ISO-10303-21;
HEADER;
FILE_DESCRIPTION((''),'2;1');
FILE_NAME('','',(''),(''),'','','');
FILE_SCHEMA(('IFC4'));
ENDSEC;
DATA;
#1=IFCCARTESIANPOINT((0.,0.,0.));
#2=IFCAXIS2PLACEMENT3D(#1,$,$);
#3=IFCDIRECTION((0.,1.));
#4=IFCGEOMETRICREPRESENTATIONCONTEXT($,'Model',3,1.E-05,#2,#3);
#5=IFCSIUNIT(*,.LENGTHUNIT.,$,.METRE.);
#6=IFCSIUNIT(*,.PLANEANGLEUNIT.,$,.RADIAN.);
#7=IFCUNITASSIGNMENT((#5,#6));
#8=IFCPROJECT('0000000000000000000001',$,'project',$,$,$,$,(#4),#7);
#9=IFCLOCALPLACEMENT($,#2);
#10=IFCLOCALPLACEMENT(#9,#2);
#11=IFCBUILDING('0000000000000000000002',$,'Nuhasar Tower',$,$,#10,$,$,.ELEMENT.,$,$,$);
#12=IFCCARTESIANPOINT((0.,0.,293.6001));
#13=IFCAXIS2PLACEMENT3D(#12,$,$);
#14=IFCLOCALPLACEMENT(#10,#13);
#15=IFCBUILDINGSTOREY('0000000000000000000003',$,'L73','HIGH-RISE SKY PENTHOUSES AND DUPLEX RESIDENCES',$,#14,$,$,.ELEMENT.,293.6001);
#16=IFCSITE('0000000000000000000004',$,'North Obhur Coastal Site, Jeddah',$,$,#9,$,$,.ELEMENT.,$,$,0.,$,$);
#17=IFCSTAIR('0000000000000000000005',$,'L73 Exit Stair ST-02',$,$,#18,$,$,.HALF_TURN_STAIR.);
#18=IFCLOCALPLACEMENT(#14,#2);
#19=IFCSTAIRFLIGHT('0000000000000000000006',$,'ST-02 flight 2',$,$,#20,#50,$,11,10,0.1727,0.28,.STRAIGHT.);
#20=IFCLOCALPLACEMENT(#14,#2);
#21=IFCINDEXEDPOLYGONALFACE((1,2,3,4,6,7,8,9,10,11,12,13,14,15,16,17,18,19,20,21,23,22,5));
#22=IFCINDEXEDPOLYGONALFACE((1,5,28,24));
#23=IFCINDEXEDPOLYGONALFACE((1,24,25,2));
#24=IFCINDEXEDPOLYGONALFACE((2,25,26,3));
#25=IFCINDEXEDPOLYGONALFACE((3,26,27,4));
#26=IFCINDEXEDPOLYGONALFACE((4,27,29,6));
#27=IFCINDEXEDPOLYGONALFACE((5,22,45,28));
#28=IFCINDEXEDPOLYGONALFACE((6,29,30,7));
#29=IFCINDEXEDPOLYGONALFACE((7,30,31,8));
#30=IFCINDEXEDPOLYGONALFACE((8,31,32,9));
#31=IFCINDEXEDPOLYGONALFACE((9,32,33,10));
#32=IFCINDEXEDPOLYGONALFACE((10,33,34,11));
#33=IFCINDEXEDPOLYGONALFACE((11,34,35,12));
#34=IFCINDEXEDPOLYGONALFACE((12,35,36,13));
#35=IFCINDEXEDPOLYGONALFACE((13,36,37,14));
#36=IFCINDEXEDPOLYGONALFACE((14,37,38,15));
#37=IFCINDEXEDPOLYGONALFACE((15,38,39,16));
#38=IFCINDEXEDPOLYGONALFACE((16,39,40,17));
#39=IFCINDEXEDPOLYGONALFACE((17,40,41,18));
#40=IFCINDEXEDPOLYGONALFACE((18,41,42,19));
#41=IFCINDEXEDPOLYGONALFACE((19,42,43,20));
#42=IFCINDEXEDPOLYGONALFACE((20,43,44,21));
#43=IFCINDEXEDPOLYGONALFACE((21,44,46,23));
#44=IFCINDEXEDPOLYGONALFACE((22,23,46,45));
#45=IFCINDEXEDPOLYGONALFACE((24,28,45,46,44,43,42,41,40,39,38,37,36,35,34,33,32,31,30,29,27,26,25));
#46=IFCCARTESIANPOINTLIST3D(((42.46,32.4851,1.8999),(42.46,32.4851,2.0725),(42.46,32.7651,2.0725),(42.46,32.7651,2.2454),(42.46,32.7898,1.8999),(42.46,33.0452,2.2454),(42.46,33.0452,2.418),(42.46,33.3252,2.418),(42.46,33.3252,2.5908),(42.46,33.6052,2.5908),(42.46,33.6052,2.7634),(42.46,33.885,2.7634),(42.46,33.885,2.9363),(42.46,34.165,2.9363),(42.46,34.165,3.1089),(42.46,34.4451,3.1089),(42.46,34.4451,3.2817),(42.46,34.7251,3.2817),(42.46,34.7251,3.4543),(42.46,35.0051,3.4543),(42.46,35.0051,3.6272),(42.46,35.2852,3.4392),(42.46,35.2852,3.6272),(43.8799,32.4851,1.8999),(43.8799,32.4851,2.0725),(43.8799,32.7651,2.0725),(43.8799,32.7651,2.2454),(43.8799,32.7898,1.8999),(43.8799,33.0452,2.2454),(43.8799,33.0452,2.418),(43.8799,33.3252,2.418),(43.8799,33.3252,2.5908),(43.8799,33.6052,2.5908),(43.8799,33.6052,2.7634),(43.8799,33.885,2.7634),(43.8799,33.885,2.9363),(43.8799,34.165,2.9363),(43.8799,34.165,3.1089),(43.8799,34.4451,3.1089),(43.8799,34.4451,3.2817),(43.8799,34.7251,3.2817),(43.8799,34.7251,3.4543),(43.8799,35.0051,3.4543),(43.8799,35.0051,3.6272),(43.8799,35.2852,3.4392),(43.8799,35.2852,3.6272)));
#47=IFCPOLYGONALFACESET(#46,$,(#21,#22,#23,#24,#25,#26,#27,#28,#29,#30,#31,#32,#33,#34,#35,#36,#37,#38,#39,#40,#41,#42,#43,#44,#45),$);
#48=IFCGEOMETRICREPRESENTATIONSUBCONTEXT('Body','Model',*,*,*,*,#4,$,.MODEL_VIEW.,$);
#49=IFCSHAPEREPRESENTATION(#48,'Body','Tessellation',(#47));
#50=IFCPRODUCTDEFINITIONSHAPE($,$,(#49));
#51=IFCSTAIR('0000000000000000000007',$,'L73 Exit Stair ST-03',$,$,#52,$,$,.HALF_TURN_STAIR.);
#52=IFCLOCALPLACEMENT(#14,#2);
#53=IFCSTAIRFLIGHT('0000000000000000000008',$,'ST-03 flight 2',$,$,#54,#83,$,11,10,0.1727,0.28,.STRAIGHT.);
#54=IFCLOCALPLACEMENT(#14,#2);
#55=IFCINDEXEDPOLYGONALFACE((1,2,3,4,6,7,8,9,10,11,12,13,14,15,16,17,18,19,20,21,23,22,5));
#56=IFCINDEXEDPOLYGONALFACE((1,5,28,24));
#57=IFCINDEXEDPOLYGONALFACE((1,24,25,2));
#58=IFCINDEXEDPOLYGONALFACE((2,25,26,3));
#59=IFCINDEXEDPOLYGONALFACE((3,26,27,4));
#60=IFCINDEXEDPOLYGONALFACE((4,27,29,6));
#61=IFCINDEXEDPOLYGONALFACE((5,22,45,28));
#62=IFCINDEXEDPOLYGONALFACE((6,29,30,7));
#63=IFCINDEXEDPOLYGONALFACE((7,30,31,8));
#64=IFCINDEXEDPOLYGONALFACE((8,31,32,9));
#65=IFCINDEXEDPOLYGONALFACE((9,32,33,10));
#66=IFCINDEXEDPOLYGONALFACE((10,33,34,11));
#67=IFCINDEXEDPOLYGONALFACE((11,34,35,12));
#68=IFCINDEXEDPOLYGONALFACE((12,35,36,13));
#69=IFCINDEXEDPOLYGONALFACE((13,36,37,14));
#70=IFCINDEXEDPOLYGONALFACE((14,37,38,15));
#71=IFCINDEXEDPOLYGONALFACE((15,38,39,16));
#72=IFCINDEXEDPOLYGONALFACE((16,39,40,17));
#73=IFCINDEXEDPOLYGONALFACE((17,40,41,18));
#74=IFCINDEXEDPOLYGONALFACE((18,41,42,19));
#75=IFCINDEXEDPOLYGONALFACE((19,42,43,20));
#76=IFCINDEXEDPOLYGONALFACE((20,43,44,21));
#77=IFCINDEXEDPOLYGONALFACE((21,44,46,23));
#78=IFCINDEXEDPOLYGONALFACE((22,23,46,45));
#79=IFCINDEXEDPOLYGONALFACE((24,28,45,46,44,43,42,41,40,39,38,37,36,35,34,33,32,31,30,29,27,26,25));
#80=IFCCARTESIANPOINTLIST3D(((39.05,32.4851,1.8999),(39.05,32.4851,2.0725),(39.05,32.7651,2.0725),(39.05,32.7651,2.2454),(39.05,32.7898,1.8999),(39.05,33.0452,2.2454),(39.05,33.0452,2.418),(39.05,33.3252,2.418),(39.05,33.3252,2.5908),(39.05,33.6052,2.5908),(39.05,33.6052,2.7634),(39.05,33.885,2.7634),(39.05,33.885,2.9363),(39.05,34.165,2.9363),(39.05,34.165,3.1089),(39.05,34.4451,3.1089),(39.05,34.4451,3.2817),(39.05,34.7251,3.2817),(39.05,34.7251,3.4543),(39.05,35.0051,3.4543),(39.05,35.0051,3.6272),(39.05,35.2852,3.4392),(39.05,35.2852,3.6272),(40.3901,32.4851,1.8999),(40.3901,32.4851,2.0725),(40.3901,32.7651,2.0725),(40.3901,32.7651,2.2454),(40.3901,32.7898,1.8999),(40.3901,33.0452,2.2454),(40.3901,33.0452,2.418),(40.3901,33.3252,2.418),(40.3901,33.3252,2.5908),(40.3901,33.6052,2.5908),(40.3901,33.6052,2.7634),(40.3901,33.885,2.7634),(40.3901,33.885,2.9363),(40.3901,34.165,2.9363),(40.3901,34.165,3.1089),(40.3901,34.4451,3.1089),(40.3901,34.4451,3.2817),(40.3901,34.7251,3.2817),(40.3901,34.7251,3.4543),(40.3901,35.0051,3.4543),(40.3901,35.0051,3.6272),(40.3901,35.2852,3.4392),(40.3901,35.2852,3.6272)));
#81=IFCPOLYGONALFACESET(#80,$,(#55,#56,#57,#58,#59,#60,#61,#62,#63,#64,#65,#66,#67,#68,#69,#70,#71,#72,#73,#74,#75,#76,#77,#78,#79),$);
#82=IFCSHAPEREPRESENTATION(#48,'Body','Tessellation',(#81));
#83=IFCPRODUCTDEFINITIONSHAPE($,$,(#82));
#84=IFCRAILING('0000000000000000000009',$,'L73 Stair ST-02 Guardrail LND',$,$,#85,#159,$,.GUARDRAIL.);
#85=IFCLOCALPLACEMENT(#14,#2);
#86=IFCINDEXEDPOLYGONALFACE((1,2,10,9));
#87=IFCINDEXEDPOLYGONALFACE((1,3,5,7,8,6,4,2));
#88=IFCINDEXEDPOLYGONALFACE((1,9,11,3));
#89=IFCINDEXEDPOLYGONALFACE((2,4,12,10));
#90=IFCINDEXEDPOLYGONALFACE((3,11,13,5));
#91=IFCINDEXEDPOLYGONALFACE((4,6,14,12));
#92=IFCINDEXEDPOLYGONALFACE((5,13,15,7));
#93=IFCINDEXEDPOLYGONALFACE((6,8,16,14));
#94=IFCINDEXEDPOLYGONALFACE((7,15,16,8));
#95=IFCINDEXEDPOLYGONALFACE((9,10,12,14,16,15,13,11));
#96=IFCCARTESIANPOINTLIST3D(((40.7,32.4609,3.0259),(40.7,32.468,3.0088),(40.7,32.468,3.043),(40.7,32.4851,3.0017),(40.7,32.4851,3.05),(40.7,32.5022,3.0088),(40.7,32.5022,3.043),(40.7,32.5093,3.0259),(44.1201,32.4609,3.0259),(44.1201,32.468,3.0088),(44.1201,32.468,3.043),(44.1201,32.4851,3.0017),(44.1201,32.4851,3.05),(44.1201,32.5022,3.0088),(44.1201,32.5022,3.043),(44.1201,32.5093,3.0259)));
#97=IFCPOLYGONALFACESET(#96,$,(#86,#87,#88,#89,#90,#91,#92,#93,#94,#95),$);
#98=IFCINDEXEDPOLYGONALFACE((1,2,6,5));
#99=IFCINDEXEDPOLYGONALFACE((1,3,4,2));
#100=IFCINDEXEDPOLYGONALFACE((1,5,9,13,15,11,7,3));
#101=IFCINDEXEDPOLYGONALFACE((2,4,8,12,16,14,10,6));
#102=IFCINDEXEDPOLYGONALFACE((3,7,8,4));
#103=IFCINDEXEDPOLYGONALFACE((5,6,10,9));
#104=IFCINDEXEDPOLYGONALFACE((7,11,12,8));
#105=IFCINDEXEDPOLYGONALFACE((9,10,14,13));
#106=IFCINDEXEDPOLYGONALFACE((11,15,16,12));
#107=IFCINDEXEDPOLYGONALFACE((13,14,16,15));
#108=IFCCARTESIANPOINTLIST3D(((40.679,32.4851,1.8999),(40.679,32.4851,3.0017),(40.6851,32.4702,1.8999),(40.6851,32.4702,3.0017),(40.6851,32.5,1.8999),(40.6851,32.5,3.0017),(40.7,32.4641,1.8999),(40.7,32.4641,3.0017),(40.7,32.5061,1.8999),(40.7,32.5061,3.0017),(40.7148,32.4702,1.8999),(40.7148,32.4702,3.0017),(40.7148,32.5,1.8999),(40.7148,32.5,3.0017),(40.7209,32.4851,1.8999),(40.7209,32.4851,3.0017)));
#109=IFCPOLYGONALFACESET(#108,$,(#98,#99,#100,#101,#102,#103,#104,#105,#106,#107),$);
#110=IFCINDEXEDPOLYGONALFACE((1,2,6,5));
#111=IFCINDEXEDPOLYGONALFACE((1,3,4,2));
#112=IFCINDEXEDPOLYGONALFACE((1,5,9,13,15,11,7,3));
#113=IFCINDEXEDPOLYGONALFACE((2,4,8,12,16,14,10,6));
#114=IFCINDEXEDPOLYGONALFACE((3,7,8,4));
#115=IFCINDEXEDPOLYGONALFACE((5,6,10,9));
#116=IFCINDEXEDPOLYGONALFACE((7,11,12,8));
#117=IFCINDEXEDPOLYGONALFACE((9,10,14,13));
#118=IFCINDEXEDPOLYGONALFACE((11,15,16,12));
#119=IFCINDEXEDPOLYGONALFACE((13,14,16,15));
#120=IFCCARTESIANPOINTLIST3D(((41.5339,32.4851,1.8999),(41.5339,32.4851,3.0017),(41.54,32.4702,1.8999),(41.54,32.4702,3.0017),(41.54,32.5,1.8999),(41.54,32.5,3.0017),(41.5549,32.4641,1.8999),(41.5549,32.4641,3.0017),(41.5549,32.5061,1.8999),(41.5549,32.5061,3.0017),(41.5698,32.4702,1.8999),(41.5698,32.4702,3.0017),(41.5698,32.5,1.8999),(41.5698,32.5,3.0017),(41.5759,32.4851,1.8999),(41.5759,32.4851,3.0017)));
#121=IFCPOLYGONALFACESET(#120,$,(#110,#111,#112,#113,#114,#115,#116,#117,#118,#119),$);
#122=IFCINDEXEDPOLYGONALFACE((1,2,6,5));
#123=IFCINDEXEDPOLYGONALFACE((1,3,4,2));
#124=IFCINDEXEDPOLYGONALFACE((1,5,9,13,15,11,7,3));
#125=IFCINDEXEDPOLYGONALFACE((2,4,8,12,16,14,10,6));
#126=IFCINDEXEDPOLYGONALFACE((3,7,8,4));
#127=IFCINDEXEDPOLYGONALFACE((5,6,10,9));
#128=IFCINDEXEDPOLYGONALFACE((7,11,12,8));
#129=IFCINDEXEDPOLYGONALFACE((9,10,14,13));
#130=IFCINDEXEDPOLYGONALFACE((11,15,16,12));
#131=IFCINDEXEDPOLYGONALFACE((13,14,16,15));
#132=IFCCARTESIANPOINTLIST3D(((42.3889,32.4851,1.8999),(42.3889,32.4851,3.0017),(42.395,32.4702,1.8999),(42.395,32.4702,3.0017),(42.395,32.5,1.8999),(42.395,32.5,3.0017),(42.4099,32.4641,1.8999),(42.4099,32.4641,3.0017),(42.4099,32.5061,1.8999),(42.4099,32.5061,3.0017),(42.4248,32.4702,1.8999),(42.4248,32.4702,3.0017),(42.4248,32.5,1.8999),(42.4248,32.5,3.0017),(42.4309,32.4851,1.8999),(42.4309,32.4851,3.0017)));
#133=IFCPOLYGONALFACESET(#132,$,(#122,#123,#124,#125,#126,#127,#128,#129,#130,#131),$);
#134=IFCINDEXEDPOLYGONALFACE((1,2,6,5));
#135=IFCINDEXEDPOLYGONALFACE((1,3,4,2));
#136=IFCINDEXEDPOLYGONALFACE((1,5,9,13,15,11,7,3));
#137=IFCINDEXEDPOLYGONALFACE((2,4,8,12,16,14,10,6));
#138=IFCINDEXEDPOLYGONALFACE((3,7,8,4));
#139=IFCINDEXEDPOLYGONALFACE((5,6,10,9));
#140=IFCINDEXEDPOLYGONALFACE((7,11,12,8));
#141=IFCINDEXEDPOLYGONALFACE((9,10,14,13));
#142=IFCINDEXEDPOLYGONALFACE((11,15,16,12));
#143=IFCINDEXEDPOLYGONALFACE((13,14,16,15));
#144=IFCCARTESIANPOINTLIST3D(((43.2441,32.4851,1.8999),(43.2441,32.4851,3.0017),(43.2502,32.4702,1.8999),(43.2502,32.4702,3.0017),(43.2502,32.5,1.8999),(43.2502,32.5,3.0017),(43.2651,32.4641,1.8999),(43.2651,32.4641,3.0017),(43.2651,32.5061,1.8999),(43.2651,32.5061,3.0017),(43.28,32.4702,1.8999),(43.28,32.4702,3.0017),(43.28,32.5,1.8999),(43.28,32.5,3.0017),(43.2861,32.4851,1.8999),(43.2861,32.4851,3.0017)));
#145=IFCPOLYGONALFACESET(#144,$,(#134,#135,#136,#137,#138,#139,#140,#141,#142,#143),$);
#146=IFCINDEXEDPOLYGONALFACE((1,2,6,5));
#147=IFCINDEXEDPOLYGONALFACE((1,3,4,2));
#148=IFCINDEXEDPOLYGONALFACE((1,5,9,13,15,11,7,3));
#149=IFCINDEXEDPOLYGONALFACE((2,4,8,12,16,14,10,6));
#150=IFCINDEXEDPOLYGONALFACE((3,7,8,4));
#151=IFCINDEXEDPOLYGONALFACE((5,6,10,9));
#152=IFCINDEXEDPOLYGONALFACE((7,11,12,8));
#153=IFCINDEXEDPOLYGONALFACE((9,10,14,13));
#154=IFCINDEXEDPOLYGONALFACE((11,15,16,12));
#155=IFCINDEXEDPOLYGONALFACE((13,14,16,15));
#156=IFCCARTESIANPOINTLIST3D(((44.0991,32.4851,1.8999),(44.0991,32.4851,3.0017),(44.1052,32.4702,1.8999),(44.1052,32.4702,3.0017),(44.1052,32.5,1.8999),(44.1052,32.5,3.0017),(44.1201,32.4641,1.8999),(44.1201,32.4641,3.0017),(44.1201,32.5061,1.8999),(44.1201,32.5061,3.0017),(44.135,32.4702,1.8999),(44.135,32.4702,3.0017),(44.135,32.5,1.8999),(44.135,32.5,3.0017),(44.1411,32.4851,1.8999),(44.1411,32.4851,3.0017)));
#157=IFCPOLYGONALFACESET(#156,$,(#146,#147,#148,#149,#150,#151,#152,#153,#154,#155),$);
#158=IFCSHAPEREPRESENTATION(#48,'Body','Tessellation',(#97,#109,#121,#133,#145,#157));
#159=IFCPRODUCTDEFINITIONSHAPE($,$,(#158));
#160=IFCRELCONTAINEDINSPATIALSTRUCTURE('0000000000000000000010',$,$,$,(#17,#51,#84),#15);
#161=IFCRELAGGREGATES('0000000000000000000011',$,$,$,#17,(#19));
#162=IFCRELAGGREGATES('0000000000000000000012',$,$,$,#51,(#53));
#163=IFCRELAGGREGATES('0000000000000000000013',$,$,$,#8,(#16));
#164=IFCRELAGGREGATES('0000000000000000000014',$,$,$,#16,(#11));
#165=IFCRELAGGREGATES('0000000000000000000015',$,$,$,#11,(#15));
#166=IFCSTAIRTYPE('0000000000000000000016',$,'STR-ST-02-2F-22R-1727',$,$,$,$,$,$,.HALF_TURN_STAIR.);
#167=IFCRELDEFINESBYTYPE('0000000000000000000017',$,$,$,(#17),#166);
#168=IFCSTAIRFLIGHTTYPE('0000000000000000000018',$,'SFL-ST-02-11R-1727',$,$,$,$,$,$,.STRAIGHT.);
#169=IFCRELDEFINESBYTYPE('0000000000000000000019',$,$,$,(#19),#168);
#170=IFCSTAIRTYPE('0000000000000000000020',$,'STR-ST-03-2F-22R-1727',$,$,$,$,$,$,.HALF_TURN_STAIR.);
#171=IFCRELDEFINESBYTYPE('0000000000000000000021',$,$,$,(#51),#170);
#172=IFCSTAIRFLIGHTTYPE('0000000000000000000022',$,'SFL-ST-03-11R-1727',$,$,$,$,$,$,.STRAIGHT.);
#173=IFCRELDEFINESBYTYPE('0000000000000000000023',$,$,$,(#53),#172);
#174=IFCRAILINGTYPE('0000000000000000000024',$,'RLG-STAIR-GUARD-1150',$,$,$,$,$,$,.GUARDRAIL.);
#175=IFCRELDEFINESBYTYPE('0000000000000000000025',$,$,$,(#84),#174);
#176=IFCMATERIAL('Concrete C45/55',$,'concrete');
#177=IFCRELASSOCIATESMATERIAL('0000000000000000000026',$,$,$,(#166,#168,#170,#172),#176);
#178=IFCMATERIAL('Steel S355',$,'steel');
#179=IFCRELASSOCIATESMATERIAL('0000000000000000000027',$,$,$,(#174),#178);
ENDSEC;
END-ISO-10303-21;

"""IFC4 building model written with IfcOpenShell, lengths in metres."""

from ifc_helpers import new_model, si_unit, direction, frame, origin, place, context, subcontext, project, spatial, polyline, outline, extrude, material, type_object, element, aggregate, save


model = new_model("IFC4")

# Units and contexts
model_context = context("Model", 3, precision=1e-05, world=origin(), true_north=direction((0.0, 1.0)))
body_context = subcontext(model_context, "Body", "Model", "MODEL_VIEW")
ifc_project = project(units=[si_unit("LENGTHUNIT", "METRE"), si_unit("PLANEANGLEUNIT", "RADIAN")], contexts=[model_context])

# Site, building, storey
site_placement = place(None, origin())
site = spatial("IfcSite", under=ifc_project, at=site_placement, Name="North Obhur Coastal Site, Jeddah", CompositionType="ELEMENT", RefElevation=0.0)
building_placement = place(site_placement, origin())
building = spatial("IfcBuilding", under=site, at=building_placement, Name="Nuhasar Tower", CompositionType="ELEMENT")
storey_placement = place(building_placement, frame((0.0, 0.0, 293.6001)))
storey = spatial("IfcBuildingStorey", under=building, at=storey_placement, Name="L73", Description="HIGH-RISE SKY PENTHOUSES AND DUPLEX RESIDENCES", CompositionType="ELEMENT", Elevation=293.6001)

# Shared definitions
ifc_material_1 = material(Name="Steel S355", Category="steel")

# Shared definitions
ifc_material_2 = material(Name="Concrete C45/55", Category="concrete")

# Stair, stair flight
stair_type_1 = type_object("IfcStairType", Name="STR-ST-02-2F-22R-1727", PredefinedType="HALF_TURN_STAIR", material=ifc_material_2)
stair_1_placement = place(storey_placement, origin())
stair_1 = element("IfcStair", 1, at=stair_1_placement, inside=storey, type_object=stair_type_1, Name="L73 Exit Stair ST-02", PredefinedType="HALF_TURN_STAIR")
stair_flight_type_1 = type_object("IfcStairFlightType", Name="SFL-ST-02-11R-1727", PredefinedType="STRAIGHT", material=ifc_material_2)
stair_flight_1_placement = place(storey_placement, frame((43.1699, 32.4851, 1.8999), z_axis=(0.0, 0.0, 1.0), x_axis=(0.0, 1.0, 0.0)))
stair_flight_1 = element("IfcStairFlight", 2, at=stair_flight_1_placement, type_object=stair_flight_type_1, Name="ST-02 flight 2", NumberOfRisers=11, NumberOfTreads=10, PredefinedType="STRAIGHT", RiserHeight=0.1727, TreadLength=0.28, context=body_context, shape_type="SweptSolid", body=[
    extrude(outline(polyline([(0.0, 0.0), (0.0, 0.1726), (0.28, 0.1726), (0.28, 0.3455), (0.5601, 0.3455), (0.5601, 0.5181), (0.8401, 0.5181), (0.8401, 0.6909), (1.1201, 0.6909), (1.1201, 0.8635), (1.3999, 0.8635), (1.3999, 1.0364), (1.6799, 1.0364), (1.6799, 1.209), (1.96, 1.209), (1.96, 1.3818), (2.24, 1.3818), (2.24, 1.5544), (2.52, 1.5544), (2.52, 1.7273), (2.8, 1.7273), (2.8, 1.8999), (2.8, 1.5393), (0.3047, 0.0), (0.0, 0.0)])), frame((0.0, 0.71, 0.0), z_axis=(0.0, -1.0, 0.0), x_axis=(1.0, 0.0, 0.0)), (0.0, 0.0, 1.0), 1.4199),
])
aggregate(stair_1, [stair_flight_1])

# Stair, stair flight
stair_type_2 = type_object("IfcStairType", Name="STR-ST-03-2F-22R-1727", PredefinedType="HALF_TURN_STAIR", material=ifc_material_2)
stair_2_placement = place(storey_placement, origin())
stair_2 = element("IfcStair", 3, at=stair_2_placement, inside=storey, type_object=stair_type_2, Name="L73 Exit Stair ST-03", PredefinedType="HALF_TURN_STAIR")
stair_flight_type_2 = type_object("IfcStairFlightType", Name="SFL-ST-03-11R-1727", PredefinedType="STRAIGHT", material=ifc_material_2)
stair_flight_2_placement = place(storey_placement, frame((39.72, 32.4851, 1.8999), z_axis=(0.0, 0.0, 1.0), x_axis=(0.0, 1.0, 0.0)))
stair_flight_2 = element("IfcStairFlight", 4, at=stair_flight_2_placement, type_object=stair_flight_type_2, Name="ST-03 flight 2", NumberOfRisers=11, NumberOfTreads=10, PredefinedType="STRAIGHT", RiserHeight=0.1727, TreadLength=0.28, context=body_context, shape_type="SweptSolid", body=[
    extrude(outline(polyline([(0.0, 0.0), (0.0, 0.1726), (0.28, 0.1726), (0.28, 0.3455), (0.5601, 0.3455), (0.5601, 0.5181), (0.8401, 0.5181), (0.8401, 0.6909), (1.1201, 0.6909), (1.1201, 0.8635), (1.3999, 0.8635), (1.3999, 1.0364), (1.6799, 1.0364), (1.6799, 1.209), (1.96, 1.209), (1.96, 1.3818), (2.24, 1.3818), (2.24, 1.5544), (2.52, 1.5544), (2.52, 1.7273), (2.8, 1.7273), (2.8, 1.8999), (2.8, 1.5393), (0.3047, 0.0), (0.0, 0.0)])), frame((0.0, 0.6699, 0.0), z_axis=(0.0, -1.0, 0.0), x_axis=(1.0, 0.0, 0.0)), (0.0, 0.0, 1.0), 1.3401),
])
aggregate(stair_2, [stair_flight_2])

# Railing
railing_type_1 = type_object("IfcRailingType", Name="RLG-STAIR-GUARD-1150", PredefinedType="GUARDRAIL", material=ifc_material_1)
railing_1_placement = place(storey_placement, frame((40.7, 32.4851, 1.8999)))
element("IfcRailing", 5, at=railing_1_placement, inside=storey, type_object=railing_type_1, Name="L73 Stair ST-02 Guardrail LND", PredefinedType="GUARDRAIL", context=body_context, shape_type="SweptSolid", body=[
    extrude(outline(polyline([(0.0242, 0.0), (0.0171, 0.0171), (0.0, 0.0242), (-0.0171, 0.0171), (-0.0242, 0.0), (-0.0171, -0.0171), (0.0, -0.0242), (0.0171, -0.0171), (0.0242, 0.0)])), frame((0.0, 0.0, 1.126), z_axis=(1.0, 0.0, 0.0), x_axis=(0.0, 1.0, 0.0)), (0.0, 0.0, 1.0), 3.4202),
    extrude(outline(polyline([(0.021, 0.0), (0.0149, 0.0149), (0.0, 0.021), (-0.0149, 0.0149), (-0.021, 0.0), (-0.0149, -0.0149), (0.0, -0.021), (0.0149, -0.0149), (0.021, 0.0)])), origin(), (0.0, 0.0, 1.0), 1.1018),
    extrude(outline(polyline([(0.021, 0.0), (0.0149, 0.0149), (0.0, 0.021), (-0.0149, 0.0149), (-0.021, 0.0), (-0.0149, -0.0149), (0.0, -0.021), (0.0149, -0.0149), (0.021, 0.0)])), frame((0.855, 0.0, 0.0)), (0.0, 0.0, 1.0), 1.1018),
    extrude(outline(polyline([(0.021, 0.0), (0.0149, 0.0149), (0.0, 0.021), (-0.0149, 0.0149), (-0.021, 0.0), (-0.0149, -0.0149), (0.0, -0.021), (0.0149, -0.0149), (0.021, 0.0)])), frame((1.71, 0.0, 0.0)), (0.0, 0.0, 1.0), 1.1018),
    extrude(outline(polyline([(0.021, 0.0), (0.0149, 0.0149), (0.0, 0.021), (-0.0149, 0.0149), (-0.021, 0.0), (-0.0149, -0.0149), (0.0, -0.021), (0.0149, -0.0149), (0.021, 0.0)])), frame((2.5652, 0.0, 0.0)), (0.0, 0.0, 1.0), 1.1018),
    extrude(outline(polyline([(0.021, 0.0), (0.0149, 0.0149), (0.0, 0.021), (-0.0149, 0.0149), (-0.021, 0.0), (-0.0149, -0.0149), (0.0, -0.021), (0.0149, -0.0149), (0.021, 0.0)])), frame((3.4202, 0.0, 0.0)), (0.0, 0.0, 1.0), 1.1018),
])

save(model, "model.ifc")
